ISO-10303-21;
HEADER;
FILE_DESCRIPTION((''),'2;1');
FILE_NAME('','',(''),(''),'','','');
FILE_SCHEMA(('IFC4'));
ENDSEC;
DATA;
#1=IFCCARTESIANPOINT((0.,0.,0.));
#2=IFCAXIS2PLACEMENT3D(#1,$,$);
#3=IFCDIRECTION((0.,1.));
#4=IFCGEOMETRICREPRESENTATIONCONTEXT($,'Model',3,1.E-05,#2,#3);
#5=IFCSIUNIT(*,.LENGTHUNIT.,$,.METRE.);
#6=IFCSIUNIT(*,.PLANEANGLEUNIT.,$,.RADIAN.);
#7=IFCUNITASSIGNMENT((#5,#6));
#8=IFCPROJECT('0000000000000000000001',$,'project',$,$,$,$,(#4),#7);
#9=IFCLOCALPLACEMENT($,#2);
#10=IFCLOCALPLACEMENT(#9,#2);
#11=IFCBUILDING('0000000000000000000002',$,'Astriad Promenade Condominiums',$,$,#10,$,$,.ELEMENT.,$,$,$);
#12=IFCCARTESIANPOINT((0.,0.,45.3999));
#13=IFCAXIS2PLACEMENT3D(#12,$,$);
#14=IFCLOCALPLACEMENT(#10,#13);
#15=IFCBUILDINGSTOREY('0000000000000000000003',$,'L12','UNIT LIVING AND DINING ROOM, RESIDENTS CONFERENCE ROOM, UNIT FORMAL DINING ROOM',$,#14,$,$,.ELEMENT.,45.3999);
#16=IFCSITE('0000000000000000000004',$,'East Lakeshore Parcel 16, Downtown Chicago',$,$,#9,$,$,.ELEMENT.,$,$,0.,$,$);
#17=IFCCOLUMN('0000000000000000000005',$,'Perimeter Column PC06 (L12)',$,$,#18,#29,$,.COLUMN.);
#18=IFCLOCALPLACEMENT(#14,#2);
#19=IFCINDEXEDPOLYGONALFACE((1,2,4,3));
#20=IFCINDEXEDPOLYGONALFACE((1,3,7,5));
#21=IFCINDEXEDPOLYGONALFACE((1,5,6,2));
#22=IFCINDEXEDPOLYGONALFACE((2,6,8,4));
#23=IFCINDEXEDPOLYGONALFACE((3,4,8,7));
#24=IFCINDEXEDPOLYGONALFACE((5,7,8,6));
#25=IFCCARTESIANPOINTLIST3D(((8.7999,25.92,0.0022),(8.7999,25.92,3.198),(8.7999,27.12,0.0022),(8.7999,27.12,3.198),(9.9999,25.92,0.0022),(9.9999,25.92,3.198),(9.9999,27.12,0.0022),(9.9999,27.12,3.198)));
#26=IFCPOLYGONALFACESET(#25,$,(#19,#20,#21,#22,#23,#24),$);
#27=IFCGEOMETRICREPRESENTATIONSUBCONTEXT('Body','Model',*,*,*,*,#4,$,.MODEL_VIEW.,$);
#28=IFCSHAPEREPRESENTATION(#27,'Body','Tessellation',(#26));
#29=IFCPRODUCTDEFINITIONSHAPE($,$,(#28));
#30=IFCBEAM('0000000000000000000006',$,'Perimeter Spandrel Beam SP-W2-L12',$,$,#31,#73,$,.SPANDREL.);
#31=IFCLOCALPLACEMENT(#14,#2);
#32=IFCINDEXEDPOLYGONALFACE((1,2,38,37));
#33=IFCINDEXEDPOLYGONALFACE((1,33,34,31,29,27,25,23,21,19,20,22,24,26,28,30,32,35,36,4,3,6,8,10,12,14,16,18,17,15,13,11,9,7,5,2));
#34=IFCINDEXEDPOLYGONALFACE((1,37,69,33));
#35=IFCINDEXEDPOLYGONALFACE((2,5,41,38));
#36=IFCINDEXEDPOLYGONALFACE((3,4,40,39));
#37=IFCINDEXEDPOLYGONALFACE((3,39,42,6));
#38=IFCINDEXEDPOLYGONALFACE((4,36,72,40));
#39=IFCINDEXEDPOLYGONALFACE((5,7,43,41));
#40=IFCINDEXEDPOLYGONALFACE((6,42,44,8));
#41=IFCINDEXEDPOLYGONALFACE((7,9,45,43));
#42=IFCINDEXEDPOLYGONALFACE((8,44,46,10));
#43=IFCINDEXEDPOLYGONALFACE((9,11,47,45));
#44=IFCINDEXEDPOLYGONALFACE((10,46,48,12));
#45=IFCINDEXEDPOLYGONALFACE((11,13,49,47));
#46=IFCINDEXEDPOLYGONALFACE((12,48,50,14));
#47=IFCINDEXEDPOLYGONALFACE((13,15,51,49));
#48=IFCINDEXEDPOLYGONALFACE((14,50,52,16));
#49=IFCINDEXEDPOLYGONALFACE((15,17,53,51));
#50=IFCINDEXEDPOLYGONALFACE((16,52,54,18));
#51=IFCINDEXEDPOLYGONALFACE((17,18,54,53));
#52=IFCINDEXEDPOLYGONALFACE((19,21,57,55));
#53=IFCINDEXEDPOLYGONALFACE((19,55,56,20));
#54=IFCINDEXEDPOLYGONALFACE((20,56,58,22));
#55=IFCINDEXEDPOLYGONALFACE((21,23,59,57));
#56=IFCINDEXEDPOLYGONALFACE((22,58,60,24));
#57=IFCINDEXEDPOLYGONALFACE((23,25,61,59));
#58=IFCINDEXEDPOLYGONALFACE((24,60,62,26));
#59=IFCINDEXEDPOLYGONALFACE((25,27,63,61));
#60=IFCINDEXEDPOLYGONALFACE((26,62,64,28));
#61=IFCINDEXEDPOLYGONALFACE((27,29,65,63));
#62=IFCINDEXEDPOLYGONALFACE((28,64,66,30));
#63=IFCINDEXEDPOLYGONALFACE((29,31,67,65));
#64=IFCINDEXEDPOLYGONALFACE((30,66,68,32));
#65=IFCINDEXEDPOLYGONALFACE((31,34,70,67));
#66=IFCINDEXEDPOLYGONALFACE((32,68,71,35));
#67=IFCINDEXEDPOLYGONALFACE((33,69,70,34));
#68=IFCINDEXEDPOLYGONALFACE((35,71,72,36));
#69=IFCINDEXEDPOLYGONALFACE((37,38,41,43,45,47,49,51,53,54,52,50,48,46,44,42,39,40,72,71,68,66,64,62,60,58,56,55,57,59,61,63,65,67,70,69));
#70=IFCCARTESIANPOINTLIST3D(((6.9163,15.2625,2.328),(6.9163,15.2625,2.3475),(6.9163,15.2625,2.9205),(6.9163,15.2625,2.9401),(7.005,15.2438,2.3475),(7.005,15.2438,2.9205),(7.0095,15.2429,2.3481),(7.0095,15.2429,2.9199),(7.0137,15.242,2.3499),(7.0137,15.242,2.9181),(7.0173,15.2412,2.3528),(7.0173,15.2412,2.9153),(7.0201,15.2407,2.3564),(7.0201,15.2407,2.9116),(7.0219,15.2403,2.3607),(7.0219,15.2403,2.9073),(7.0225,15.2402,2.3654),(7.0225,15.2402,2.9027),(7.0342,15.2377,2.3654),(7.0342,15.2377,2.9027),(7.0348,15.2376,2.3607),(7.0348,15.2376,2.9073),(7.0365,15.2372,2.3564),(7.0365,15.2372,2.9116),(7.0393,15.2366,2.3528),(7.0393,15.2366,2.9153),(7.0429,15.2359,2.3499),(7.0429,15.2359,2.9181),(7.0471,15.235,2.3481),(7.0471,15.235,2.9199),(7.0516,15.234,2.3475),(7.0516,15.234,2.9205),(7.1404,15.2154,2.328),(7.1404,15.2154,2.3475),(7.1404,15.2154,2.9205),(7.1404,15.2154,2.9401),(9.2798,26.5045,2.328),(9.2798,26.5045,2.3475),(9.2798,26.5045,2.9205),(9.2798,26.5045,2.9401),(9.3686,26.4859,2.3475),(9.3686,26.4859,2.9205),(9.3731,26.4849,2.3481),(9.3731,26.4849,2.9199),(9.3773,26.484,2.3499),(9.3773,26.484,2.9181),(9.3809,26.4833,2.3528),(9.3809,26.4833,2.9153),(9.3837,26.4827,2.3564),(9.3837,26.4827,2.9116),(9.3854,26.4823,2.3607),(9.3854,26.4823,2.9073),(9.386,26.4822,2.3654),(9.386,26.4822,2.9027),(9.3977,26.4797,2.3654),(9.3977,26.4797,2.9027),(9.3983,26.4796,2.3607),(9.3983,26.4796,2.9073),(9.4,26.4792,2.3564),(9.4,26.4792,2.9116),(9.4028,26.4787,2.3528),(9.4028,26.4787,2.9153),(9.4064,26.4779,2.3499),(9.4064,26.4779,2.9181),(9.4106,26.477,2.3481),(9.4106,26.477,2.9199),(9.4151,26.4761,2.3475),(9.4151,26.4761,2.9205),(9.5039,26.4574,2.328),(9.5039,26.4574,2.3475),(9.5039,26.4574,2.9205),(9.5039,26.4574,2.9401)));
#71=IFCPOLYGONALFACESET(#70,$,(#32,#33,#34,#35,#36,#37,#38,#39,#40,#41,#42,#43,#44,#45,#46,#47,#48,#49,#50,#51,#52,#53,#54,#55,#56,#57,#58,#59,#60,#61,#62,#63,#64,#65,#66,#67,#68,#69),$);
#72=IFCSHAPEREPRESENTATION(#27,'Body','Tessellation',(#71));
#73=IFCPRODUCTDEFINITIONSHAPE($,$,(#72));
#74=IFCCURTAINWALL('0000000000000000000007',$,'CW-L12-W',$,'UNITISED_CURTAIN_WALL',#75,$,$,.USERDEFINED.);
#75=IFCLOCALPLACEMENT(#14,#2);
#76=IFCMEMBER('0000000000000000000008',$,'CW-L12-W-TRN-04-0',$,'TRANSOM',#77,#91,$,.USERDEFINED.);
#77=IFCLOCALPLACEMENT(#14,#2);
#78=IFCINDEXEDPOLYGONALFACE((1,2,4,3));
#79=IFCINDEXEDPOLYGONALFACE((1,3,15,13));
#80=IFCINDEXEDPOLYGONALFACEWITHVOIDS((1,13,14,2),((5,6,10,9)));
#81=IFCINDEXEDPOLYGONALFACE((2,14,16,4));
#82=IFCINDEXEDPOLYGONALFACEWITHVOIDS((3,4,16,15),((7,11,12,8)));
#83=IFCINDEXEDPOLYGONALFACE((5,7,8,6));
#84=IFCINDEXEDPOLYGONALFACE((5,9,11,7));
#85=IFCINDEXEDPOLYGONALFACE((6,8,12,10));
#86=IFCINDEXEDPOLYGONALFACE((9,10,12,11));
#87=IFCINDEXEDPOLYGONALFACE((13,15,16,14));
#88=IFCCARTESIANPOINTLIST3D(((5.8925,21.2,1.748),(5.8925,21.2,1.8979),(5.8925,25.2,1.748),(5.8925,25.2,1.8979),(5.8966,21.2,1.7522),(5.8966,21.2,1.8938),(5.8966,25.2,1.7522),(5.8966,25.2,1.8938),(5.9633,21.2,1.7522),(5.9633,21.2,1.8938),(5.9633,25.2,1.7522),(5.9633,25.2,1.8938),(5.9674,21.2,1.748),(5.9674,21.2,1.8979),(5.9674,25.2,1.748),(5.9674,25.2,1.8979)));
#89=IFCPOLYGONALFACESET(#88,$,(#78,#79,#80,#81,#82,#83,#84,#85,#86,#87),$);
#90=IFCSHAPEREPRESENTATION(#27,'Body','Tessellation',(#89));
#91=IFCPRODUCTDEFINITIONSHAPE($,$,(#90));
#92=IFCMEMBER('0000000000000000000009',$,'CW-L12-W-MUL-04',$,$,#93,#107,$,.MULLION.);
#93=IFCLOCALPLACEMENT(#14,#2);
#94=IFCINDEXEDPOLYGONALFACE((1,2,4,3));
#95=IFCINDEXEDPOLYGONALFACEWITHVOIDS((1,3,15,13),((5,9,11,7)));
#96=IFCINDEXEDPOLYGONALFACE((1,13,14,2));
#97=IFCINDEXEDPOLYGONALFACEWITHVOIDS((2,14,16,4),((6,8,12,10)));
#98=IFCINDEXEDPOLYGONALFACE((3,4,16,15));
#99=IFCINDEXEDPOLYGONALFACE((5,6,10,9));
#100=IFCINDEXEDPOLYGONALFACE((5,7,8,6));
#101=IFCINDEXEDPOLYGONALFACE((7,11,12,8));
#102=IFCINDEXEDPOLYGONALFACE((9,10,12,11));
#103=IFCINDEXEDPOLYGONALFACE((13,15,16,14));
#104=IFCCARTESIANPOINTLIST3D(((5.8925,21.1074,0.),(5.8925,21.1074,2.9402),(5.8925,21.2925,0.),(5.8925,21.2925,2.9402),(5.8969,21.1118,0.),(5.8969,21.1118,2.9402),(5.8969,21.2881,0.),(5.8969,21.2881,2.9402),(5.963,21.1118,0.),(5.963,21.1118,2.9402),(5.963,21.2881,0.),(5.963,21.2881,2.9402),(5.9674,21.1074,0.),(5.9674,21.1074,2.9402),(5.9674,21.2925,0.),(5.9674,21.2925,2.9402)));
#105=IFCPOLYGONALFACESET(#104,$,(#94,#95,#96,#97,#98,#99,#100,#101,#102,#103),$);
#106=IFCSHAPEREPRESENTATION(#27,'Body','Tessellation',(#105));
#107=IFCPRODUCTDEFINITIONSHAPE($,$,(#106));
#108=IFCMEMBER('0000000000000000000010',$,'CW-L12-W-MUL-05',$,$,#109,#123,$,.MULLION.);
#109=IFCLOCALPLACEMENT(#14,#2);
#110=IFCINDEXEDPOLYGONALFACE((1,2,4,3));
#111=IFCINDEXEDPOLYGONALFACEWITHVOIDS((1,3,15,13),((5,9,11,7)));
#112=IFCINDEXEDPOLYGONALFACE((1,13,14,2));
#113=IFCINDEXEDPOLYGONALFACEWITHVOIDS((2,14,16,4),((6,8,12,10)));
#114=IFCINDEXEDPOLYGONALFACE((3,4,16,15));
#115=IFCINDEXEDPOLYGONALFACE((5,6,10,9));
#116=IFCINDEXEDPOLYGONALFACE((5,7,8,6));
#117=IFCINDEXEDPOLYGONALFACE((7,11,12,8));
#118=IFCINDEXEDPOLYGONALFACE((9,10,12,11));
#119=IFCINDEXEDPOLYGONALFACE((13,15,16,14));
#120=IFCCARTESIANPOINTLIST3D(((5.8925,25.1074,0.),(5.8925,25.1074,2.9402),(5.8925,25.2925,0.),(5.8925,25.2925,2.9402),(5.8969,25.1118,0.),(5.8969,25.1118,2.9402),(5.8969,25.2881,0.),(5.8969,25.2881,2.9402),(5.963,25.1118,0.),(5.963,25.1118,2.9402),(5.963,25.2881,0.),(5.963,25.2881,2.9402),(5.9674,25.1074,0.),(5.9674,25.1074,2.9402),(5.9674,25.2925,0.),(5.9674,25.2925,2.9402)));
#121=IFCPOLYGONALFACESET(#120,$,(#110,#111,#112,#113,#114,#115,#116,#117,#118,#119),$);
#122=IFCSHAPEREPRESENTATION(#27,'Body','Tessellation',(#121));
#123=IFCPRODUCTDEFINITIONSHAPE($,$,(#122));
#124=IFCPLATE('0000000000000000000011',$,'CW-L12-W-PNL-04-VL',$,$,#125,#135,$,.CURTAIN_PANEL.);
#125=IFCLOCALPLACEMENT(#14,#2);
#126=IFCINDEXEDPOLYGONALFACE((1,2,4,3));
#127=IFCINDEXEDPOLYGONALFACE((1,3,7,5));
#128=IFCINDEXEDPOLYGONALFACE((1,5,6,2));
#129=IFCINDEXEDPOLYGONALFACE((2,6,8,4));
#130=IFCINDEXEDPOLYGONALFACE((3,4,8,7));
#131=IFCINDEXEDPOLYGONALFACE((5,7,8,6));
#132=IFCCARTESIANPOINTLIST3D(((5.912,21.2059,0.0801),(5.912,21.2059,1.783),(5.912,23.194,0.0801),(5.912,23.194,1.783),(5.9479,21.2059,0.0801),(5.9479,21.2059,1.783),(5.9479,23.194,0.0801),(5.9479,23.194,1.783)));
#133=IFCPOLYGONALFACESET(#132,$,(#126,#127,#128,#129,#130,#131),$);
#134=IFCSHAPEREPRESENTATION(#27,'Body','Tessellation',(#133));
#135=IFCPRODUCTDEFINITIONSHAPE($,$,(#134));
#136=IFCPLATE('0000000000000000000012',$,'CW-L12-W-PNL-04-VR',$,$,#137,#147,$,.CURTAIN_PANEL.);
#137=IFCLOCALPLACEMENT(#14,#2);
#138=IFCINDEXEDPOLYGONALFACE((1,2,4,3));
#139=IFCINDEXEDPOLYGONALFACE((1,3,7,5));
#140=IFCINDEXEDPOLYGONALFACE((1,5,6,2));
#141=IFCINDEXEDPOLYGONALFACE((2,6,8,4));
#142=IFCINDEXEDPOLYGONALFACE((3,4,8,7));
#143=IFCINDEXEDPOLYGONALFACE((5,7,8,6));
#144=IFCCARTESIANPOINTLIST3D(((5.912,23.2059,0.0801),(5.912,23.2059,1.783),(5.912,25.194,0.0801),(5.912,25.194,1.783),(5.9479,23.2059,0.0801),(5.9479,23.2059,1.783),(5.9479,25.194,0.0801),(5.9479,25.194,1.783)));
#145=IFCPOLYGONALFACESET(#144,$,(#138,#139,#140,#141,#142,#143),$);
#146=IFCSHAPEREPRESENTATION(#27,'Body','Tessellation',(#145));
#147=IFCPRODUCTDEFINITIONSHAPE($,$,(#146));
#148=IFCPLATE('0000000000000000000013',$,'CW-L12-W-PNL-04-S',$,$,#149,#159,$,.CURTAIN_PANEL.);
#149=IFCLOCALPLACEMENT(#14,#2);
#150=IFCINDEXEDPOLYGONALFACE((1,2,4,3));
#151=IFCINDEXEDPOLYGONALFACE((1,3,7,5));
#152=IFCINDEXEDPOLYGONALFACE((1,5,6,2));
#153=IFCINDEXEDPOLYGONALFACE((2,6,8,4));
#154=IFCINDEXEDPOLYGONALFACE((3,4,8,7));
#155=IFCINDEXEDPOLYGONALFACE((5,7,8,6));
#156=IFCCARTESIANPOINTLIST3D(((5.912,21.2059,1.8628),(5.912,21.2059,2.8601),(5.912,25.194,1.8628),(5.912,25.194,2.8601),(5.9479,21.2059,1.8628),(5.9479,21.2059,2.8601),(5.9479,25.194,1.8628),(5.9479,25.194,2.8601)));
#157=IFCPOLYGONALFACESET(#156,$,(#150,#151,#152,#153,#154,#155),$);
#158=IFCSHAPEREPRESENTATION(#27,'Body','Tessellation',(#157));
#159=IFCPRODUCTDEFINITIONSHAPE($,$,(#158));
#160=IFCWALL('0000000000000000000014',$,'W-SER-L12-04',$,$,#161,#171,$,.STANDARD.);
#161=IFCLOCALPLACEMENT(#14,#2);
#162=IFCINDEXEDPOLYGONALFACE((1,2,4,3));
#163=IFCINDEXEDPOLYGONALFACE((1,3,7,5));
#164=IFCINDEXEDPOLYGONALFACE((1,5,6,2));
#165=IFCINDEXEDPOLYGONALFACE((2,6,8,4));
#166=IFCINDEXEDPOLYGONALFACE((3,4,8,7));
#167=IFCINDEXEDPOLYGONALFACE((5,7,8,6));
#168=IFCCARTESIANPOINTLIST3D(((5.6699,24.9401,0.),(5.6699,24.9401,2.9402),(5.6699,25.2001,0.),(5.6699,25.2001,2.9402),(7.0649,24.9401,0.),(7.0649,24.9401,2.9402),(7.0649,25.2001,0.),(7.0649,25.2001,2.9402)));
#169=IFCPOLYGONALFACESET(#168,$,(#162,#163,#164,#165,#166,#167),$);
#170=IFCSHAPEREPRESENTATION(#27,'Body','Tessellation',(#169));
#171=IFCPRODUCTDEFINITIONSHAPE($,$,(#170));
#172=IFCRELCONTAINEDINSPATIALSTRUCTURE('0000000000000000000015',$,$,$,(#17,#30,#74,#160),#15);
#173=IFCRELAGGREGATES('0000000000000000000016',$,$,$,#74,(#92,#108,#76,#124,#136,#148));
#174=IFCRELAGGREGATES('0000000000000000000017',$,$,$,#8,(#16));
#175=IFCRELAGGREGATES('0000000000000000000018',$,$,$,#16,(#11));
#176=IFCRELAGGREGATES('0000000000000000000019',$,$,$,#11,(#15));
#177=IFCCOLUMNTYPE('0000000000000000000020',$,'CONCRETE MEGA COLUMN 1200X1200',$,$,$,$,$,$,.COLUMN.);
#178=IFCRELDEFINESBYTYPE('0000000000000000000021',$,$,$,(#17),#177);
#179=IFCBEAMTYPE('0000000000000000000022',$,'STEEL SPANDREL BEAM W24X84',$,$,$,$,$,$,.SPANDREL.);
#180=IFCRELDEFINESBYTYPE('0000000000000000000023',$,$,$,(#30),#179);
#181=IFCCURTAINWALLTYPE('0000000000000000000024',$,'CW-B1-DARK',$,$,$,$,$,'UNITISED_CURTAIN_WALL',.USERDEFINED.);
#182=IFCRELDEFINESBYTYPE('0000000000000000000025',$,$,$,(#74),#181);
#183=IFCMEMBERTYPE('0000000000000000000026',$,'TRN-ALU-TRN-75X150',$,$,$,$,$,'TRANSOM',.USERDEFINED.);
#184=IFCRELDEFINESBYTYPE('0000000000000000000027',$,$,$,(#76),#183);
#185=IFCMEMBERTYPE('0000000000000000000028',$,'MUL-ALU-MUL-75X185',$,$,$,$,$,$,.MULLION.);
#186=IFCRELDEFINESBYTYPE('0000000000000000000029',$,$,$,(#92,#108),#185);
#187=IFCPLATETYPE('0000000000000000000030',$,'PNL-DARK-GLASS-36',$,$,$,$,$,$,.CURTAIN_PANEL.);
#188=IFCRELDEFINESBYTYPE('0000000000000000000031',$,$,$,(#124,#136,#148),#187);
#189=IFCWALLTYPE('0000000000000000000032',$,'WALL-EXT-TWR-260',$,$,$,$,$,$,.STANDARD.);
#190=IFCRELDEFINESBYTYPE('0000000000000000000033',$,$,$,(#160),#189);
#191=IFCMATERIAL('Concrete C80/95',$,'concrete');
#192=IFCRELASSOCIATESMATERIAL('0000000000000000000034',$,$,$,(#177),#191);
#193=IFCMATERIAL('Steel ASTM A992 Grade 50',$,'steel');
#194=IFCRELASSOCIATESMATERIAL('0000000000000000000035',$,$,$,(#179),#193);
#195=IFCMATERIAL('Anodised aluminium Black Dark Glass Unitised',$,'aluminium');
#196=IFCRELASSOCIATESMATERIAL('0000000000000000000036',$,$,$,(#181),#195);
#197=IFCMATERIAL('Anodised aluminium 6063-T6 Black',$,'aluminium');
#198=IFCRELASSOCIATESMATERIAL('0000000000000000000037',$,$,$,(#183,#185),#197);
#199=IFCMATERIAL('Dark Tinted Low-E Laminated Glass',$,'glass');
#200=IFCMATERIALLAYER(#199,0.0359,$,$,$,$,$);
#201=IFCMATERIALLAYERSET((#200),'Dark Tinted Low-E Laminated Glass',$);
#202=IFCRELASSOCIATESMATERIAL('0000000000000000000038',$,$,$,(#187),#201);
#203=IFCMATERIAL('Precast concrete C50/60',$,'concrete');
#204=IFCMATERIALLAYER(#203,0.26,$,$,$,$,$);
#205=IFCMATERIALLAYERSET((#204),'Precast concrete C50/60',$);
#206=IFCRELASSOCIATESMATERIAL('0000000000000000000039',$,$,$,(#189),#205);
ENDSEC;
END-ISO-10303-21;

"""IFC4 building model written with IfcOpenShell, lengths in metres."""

from ifc_helpers import new_model, si_unit, direction, frame, frame_2d, origin, origin_2d, place, context, subcontext, project, spatial, rectangle, hollow_rectangle, i_section, extrude, source, transform, mapped, material, layer, layer_set, material_profile, profile_set, type_object, type_shapes, element, aggregate, save


model = new_model("IFC4")

# Units and contexts
model_context = context("Model", 3, precision=1e-05, world=origin(), true_north=direction((0.0, 1.0)))
body_context = subcontext(model_context, "Body", "Model", "MODEL_VIEW")
ifc_project = project(units=[si_unit("LENGTHUNIT", "METRE"), si_unit("PLANEANGLEUNIT", "RADIAN")], contexts=[model_context])

# Site, building, storey
site_placement = place(None, origin())
site = spatial("IfcSite", under=ifc_project, at=site_placement, Name="East Lakeshore Parcel 16, Downtown Chicago", CompositionType="ELEMENT", RefElevation=0.0)
building_placement = place(site_placement, origin())
building = spatial("IfcBuilding", under=site, at=building_placement, Name="Astriad Promenade Condominiums", CompositionType="ELEMENT")
storey_placement = place(building_placement, frame((0.0, 0.0, 45.3999)))
storey = spatial("IfcBuildingStorey", under=building, at=storey_placement, Name="L12", Description="UNIT LIVING AND DINING ROOM, RESIDENTS CONFERENCE ROOM, UNIT FORMAL DINING ROOM", CompositionType="ELEMENT", Elevation=45.3999)

# Column
ifc_material_1 = material(Name="Concrete C80/95", Category="concrete")
ifc_material_profile_1 = material_profile(ifc_material_1, rectangle(XDim=1.2, YDim=1.2, at=origin_2d()), Name="RC-COL-1200X1200")
ifc_profile_set_1 = profile_set([ifc_material_profile_1], Name="Concrete C80/95")
column_type = type_object("IfcColumnType", Name="CONCRETE MEGA COLUMN 1200X1200", PredefinedType="COLUMN", material=ifc_profile_set_1)
shared_shape_1 = source(origin(), body_context, "Body", "SweptSolid", [
    extrude(rectangle(XDim=1.2, YDim=1.2, at=origin_2d()), origin(), (0.0, 0.0, 1.0), 3.1958),
])
type_shapes(column_type, [shared_shape_1])
column_placement = place(storey_placement, frame((9.3999, 26.52, 0.0022), z_axis=(0.0, 0.0, 1.0), x_axis=(1.0, 0.0, 0.0)))
element("IfcColumn", 1, at=column_placement, inside=storey, type_object=column_type, Name="Perimeter Column PC06 (L12)", PredefinedType="COLUMN", context=body_context, shape_type="MappedRepresentation", body=[
    mapped(shared_shape_1, transform((0.0, 0.0, 0.0), scale=1.0)),
])

# Beam
ifc_material_2 = material(Name="Steel ASTM A992 Grade 50", Category="steel")
ifc_material_profile_2 = material_profile(ifc_material_2, i_section(OverallWidth=0.229, OverallDepth=0.6121, WebThickness=0.012, FlangeThickness=0.0195, FilletRadius=0.0178, at=origin_2d()), Name="W24X84")
ifc_profile_set_2 = profile_set([ifc_material_profile_2], Name="Steel ASTM A992 Grade 50")
beam_type = type_object("IfcBeamType", Name="STEEL SPANDREL BEAM W24X84", PredefinedType="SPANDREL", material=ifc_profile_set_2)
shared_shape_2 = source(origin(), body_context, "Body", "SweptSolid", [
    extrude(i_section(OverallWidth=0.229, OverallDepth=0.6121, WebThickness=0.012, FlangeThickness=0.0195, FilletRadius=0.0178, at=origin_2d()), origin(), (0.0, 0.0, 1.0), 11.4878),
])
type_shapes(beam_type, [shared_shape_2])
beam_placement = place(storey_placement, frame((9.3918, 26.481, 2.634), z_axis=(-0.205744, -0.978606, 0.0), x_axis=(0.978606, -0.205744, 0.0)))
element("IfcBeam", 2, at=beam_placement, inside=storey, type_object=beam_type, Name="Perimeter Spandrel Beam SP-W2-L12", PredefinedType="SPANDREL", context=body_context, shape_type="MappedRepresentation", body=[
    mapped(shared_shape_2, transform((0.0, 0.0, 0.0), scale=1.0)),
])

# Curtain wall, members, plates
ifc_material_3 = material(Name="Anodised aluminium Black Dark Glass Unitised", Category="aluminium")
curtain_wall_type = type_object("IfcCurtainWallType", Name="CW-B1-DARK", ElementType="UNITISED_CURTAIN_WALL", PredefinedType="USERDEFINED", material=ifc_material_3)
curtain_wall_placement = place(storey_placement, origin())
curtain_wall = element("IfcCurtainWall", 3, at=curtain_wall_placement, inside=storey, type_object=curtain_wall_type, Name="CW-L12-W", ObjectType="UNITISED_CURTAIN_WALL", PredefinedType="USERDEFINED")
ifc_material_4 = material(Name="Anodised aluminium 6063-T6 Black", Category="aluminium")
ifc_material_profile_3 = material_profile(ifc_material_4, hollow_rectangle(XDim=0.075, YDim=0.1499, WallThickness=0.0042, at=origin_2d()), Name="ALU-TRN-75X150")
ifc_profile_set_3 = profile_set([ifc_material_profile_3], Name="Anodised aluminium 6063-T6 Black")
member_type_1 = type_object("IfcMemberType", Name="TRN-ALU-TRN-75X150", ElementType="TRANSOM", PredefinedType="USERDEFINED", material=ifc_profile_set_3)
shared_shape_3 = source(origin(), body_context, "Body", "SweptSolid", [
    extrude(hollow_rectangle(XDim=0.075, YDim=0.1499, WallThickness=0.0042, at=origin_2d()), origin(), (0.0, 0.0, 1.0), 4.0),
])
type_shapes(member_type_1, [shared_shape_3])
member_1_placement = place(storey_placement, frame((5.9299, 21.2, 1.823), z_axis=(0.0, 1.0, 0.0), x_axis=(-1.0, 0.0, 0.0)))
member_1 = element("IfcMember", 4, at=member_1_placement, type_object=member_type_1, Name="CW-L12-W-TRN-04-0", ObjectType="TRANSOM", PredefinedType="USERDEFINED", context=body_context, shape_type="MappedRepresentation", body=[
    mapped(shared_shape_3, transform((0.0, 0.0, 0.0), scale=1.0)),
])
ifc_material_profile_4 = material_profile(ifc_material_4, hollow_rectangle(XDim=0.075, YDim=0.1851, WallThickness=0.0044, at=origin_2d()), Name="ALU-MUL-75X185")
ifc_profile_set_4 = profile_set([ifc_material_profile_4], Name="Anodised aluminium 6063-T6 Black")
member_type_2 = type_object("IfcMemberType", Name="MUL-ALU-MUL-75X185", PredefinedType="MULLION", material=ifc_profile_set_4)
shared_shape_4 = source(origin(), body_context, "Body", "SweptSolid", [
    extrude(hollow_rectangle(XDim=0.075, YDim=0.1851, WallThickness=0.0044, at=origin_2d()), origin(), (0.0, 0.0, 1.0), 2.9402),
])
type_shapes(member_type_2, [shared_shape_4])
member_2_placement = place(storey_placement, frame((5.9299, 21.2, 0.0), z_axis=(0.0, 0.0, 1.0), x_axis=(1.0, 0.0, 0.0)))
member_2 = element("IfcMember", 5, at=member_2_placement, type_object=member_type_2, Name="CW-L12-W-MUL-04", PredefinedType="MULLION", context=body_context, shape_type="MappedRepresentation", body=[
    mapped(shared_shape_4, transform((0.0, 0.0, 0.0), scale=1.0)),
])
member_3_placement = place(storey_placement, frame((5.9299, 25.2, 0.0), z_axis=(0.0, 0.0, 1.0), x_axis=(1.0, 0.0, 0.0)))
member_3 = element("IfcMember", 6, at=member_3_placement, type_object=member_type_2, Name="CW-L12-W-MUL-05", PredefinedType="MULLION", context=body_context, shape_type="MappedRepresentation", body=[
    mapped(shared_shape_4, transform((0.0, 0.0, 0.0), scale=1.0)),
])
ifc_material_5 = material(Name="Dark Tinted Low-E Laminated Glass", Category="glass")
ifc_layer_1 = layer(ifc_material_5, 0.0359)
ifc_layer_set_1 = layer_set([ifc_layer_1], Name="Dark Tinted Low-E Laminated Glass")
plate_type = type_object("IfcPlateType", Name="PNL-DARK-GLASS-36", PredefinedType="CURTAIN_PANEL", material=ifc_layer_set_1)
shared_shape_5 = source(origin(), body_context, "Body", "SweptSolid", [
    extrude(rectangle(XDim=1.988, YDim=0.0359, at=origin_2d()), origin(), (0.0, 0.0, 1.0), 1.7029),
])
plate_1_placement = place(storey_placement, frame((5.9299, 22.2, 0.0801), z_axis=(0.0, 0.0, 1.0), x_axis=(0.0, 1.0, 0.0)))
plate_1 = element("IfcPlate", 7, at=plate_1_placement, type_object=plate_type, Name="CW-L12-W-PNL-04-VL", PredefinedType="CURTAIN_PANEL", context=body_context, shape_type="MappedRepresentation", body=[
    mapped(shared_shape_5, transform((0.0, 0.0, 0.0), scale=1.0)),
])
plate_2_placement = place(storey_placement, frame((5.9299, 24.2, 0.0801), z_axis=(0.0, 0.0, 1.0), x_axis=(0.0, 1.0, 0.0)))
plate_2 = element("IfcPlate", 8, at=plate_2_placement, type_object=plate_type, Name="CW-L12-W-PNL-04-VR", PredefinedType="CURTAIN_PANEL", context=body_context, shape_type="MappedRepresentation", body=[
    mapped(shared_shape_5, transform((0.0, 0.0, 0.0), scale=1.0)),
])
shared_shape_6 = source(origin(), body_context, "Body", "SweptSolid", [
    extrude(rectangle(XDim=3.988, YDim=0.0359, at=origin_2d()), origin(), (0.0, 0.0, 1.0), 0.9973),
])
type_shapes(plate_type, [shared_shape_5, shared_shape_6])
plate_3_placement = place(storey_placement, frame((5.9299, 23.2, 1.8628), z_axis=(0.0, 0.0, 1.0), x_axis=(0.0, 1.0, 0.0)))
plate_3 = element("IfcPlate", 9, at=plate_3_placement, type_object=plate_type, Name="CW-L12-W-PNL-04-S", PredefinedType="CURTAIN_PANEL", context=body_context, shape_type="MappedRepresentation", body=[
    mapped(shared_shape_6, transform((0.0, 0.0, 0.0), scale=1.0)),
])
aggregate(curtain_wall, [member_2, member_3, member_1, plate_1, plate_2, plate_3])

# Wall
ifc_material_6 = material(Name="Precast concrete C50/60", Category="concrete")
ifc_layer_2 = layer(ifc_material_6, 0.26)
ifc_layer_set_2 = layer_set([ifc_layer_2], Name="Precast concrete C50/60")
wall_type_1 = type_object("IfcWallType", Name="WALL-EXT-TWR-260", PredefinedType="STANDARD", material=ifc_layer_set_2)
for number, where, z_axis, x_axis, name in (
    (10, (5.6699, 25.0701, 0.0), (0.0, 0.0, 1.0), (1.0, 0.0, 0.0), "W-SER-L12-04"),
):
    element("IfcWall", number, at=place(storey_placement, frame(where, z_axis=z_axis, x_axis=x_axis)), inside=storey, type_object=wall_type_1, Name=name, PredefinedType="STANDARD", context=body_context, shape_type="SweptSolid", body=[
        extrude(rectangle(XDim=1.395, YDim=0.26, at=frame_2d((0.6975, 0.0))), origin(), (0.0, 0.0, 1.0), 2.9402),
    ])

save(model, "model.ifc")
